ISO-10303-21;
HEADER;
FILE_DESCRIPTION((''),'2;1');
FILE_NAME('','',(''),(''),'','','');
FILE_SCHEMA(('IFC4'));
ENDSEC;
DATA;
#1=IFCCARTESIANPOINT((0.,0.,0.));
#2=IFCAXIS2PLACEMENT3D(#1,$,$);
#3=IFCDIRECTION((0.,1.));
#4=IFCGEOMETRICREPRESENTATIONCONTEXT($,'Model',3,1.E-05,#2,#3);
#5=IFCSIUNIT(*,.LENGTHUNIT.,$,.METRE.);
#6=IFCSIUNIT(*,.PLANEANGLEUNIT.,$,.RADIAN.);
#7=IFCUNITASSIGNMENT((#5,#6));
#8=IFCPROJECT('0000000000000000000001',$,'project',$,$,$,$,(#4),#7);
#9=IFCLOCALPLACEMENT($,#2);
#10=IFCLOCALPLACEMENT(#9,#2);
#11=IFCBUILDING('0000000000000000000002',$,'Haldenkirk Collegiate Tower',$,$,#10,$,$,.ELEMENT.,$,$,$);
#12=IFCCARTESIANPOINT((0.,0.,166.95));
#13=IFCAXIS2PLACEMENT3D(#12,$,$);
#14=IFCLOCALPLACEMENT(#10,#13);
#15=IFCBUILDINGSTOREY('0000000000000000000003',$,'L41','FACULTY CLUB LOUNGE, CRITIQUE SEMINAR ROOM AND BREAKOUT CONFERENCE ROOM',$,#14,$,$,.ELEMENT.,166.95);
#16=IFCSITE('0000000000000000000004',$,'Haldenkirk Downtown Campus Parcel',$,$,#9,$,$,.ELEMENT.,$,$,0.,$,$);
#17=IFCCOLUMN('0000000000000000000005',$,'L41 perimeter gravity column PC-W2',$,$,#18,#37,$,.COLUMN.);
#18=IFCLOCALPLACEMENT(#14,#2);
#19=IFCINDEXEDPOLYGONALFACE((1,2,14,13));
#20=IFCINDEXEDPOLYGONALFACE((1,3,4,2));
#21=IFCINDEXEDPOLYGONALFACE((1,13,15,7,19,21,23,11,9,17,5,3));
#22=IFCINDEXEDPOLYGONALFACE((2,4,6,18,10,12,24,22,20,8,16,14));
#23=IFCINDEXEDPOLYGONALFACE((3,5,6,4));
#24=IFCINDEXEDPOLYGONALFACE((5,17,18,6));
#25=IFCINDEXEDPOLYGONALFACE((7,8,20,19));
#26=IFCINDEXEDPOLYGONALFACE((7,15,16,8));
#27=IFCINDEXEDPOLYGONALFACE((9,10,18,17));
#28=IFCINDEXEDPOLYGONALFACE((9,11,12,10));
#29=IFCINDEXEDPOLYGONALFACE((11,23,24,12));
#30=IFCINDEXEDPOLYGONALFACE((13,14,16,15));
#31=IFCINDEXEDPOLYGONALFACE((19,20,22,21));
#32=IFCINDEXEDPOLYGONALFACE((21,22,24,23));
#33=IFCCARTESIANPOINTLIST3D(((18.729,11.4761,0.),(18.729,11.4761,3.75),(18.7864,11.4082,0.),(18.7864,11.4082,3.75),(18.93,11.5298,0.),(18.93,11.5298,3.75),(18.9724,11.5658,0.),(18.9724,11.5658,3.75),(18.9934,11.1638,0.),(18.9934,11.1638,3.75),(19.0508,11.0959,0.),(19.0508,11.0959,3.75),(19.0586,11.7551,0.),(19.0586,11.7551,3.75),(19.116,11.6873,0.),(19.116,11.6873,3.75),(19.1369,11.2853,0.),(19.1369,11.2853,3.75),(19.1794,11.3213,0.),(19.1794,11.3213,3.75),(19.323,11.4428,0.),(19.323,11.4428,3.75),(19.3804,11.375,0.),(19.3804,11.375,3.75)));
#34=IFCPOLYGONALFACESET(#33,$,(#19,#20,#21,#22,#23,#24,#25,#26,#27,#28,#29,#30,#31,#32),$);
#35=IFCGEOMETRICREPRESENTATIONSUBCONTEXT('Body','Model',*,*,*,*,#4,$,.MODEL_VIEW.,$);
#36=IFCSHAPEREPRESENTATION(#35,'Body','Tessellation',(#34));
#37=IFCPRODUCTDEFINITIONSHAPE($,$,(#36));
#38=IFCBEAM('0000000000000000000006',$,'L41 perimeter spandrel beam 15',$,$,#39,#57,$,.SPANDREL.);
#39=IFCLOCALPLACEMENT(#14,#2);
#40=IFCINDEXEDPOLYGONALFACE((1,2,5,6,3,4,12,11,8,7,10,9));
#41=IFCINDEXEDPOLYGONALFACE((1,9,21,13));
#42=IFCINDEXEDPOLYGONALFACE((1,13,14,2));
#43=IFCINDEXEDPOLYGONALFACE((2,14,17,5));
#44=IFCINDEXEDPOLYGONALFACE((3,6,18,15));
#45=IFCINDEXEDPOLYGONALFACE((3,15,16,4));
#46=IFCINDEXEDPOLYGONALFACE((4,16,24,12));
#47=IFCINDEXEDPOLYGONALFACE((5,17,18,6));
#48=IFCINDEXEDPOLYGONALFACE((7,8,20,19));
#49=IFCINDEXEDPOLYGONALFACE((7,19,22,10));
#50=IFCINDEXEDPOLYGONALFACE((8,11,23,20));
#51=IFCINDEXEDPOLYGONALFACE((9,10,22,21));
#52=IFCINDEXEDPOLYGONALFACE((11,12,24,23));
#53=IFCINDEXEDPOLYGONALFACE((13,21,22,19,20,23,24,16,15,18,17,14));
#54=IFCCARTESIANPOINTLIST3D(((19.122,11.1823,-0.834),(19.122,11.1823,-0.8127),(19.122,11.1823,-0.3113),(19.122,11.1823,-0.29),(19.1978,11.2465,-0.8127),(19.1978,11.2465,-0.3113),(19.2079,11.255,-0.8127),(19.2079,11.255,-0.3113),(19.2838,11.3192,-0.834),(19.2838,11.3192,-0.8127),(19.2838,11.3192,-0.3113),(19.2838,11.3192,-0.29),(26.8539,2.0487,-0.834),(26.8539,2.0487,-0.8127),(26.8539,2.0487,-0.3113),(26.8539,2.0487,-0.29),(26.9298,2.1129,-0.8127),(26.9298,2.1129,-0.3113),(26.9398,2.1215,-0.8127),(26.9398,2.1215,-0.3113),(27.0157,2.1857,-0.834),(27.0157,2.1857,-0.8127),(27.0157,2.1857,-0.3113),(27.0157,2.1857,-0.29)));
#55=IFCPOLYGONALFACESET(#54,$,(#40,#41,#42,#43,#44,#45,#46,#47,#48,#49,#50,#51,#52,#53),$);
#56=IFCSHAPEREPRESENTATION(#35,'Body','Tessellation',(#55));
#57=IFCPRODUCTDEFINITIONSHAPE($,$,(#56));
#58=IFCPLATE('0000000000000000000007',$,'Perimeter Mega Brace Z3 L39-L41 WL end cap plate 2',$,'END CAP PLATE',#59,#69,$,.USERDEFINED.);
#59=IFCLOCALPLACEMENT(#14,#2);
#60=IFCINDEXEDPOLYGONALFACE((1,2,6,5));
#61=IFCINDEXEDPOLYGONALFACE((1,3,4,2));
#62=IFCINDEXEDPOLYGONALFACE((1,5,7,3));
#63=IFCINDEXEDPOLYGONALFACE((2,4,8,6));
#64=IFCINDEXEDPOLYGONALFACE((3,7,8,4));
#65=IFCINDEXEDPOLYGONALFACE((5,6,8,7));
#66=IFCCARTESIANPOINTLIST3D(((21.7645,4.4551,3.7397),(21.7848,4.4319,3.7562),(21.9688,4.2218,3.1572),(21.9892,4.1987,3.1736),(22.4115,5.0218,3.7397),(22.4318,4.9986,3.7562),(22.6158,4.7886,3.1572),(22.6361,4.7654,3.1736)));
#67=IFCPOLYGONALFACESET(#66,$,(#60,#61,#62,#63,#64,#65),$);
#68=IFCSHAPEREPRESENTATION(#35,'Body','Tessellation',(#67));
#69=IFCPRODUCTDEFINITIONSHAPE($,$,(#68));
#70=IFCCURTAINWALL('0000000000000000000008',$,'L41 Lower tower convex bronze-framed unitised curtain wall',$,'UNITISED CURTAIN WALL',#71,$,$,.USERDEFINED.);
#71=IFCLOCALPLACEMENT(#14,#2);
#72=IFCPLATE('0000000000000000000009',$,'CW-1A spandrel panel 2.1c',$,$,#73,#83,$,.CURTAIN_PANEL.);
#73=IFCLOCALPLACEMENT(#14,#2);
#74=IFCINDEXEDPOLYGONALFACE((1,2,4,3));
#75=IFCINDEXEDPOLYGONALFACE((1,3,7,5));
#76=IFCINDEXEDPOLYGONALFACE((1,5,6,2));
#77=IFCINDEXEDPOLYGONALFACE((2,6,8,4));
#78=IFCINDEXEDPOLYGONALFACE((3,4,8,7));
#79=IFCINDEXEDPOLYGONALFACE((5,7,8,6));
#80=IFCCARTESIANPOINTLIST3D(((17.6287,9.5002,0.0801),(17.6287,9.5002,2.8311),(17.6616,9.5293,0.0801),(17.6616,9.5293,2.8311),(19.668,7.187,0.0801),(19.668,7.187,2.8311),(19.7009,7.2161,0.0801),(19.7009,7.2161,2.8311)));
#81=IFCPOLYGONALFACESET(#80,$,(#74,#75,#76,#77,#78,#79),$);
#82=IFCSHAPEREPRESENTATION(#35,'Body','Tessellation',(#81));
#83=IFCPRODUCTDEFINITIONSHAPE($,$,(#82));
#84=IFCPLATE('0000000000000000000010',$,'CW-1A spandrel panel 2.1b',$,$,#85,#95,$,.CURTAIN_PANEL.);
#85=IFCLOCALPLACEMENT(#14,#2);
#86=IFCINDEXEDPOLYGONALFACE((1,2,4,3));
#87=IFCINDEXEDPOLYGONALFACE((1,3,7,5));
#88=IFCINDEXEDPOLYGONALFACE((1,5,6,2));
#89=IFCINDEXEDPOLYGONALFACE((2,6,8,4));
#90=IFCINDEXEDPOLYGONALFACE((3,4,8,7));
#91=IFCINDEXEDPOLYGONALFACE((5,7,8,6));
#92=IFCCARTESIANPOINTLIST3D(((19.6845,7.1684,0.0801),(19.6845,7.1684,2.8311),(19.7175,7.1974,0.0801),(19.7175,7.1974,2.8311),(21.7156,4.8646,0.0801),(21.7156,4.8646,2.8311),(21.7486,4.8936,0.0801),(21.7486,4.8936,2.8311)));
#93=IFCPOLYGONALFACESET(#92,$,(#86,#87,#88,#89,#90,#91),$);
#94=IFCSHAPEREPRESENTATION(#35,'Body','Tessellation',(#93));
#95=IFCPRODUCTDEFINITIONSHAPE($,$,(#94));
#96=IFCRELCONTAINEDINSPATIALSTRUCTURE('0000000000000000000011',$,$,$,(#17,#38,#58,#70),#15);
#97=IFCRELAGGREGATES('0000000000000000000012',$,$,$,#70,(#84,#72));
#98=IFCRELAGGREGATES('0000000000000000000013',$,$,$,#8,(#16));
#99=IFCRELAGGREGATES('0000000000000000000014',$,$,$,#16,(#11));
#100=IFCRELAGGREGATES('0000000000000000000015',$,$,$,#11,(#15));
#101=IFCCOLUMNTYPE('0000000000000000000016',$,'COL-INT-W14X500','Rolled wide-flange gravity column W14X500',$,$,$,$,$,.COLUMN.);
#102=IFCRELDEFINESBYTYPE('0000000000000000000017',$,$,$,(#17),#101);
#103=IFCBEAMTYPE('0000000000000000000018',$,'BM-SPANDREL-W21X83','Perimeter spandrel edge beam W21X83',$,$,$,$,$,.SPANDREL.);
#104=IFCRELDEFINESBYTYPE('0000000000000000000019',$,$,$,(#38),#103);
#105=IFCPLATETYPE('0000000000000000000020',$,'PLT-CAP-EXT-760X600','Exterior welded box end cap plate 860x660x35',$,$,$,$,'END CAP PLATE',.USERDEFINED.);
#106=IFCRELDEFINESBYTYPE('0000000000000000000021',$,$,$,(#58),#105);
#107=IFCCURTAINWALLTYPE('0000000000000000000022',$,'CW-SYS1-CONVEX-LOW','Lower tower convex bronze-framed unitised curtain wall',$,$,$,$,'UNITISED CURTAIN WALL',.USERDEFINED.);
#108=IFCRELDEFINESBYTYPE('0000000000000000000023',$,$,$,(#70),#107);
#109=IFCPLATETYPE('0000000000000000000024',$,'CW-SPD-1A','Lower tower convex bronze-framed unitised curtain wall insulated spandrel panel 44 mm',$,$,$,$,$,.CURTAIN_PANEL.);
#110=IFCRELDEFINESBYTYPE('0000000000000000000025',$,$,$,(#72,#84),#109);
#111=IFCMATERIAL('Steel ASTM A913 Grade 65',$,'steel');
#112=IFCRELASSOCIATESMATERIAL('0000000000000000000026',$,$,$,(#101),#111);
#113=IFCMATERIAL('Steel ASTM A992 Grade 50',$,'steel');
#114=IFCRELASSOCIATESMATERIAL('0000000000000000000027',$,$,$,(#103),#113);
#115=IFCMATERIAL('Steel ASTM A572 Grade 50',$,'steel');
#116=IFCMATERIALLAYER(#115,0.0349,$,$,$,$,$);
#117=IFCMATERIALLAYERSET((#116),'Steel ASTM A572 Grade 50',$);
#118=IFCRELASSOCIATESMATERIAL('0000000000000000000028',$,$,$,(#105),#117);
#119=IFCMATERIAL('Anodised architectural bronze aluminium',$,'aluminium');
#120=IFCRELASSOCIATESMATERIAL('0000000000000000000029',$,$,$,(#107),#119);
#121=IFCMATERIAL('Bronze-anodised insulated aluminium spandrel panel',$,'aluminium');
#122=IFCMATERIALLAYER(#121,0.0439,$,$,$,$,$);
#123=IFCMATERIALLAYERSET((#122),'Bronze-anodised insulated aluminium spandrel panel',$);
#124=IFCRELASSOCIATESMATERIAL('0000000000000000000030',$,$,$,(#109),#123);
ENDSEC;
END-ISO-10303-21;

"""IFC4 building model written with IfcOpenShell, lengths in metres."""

from ifc_helpers import new_model, si_unit, direction, frame, origin, origin_2d, place, context, subcontext, project, spatial, rectangle, i_section, extrude, source, transform, mapped, material, layer, layer_set, material_profile, profile_set, type_object, element, aggregate, save


model = new_model("IFC4")

# Units and contexts
model_context = context("Model", 3, precision=1e-05, world=origin(), true_north=direction((0.0, 1.0)))
body_context = subcontext(model_context, "Body", "Model", "MODEL_VIEW")
ifc_project = project(units=[si_unit("LENGTHUNIT", "METRE"), si_unit("PLANEANGLEUNIT", "RADIAN")], contexts=[model_context])

# Site, building, storey
site_placement = place(None, origin())
site = spatial("IfcSite", under=ifc_project, at=site_placement, Name="Haldenkirk Downtown Campus Parcel", CompositionType="ELEMENT", RefElevation=0.0)
building_placement = place(site_placement, origin())
building = spatial("IfcBuilding", under=site, at=building_placement, Name="Haldenkirk Collegiate Tower", CompositionType="ELEMENT")
storey_placement = place(building_placement, frame((0.0, 0.0, 166.95)))
storey = spatial("IfcBuildingStorey", under=building, at=storey_placement, Name="L41", Description="FACULTY CLUB LOUNGE, CRITIQUE SEMINAR ROOM AND BREAKOUT CONFERENCE ROOM", CompositionType="ELEMENT", Elevation=166.95)

# Column
ifc_material_1 = material(Name="Steel ASTM A913 Grade 65", Category="steel")
ifc_material_profile_1 = material_profile(ifc_material_1, i_section(OverallWidth=0.4319, OverallDepth=0.498, WebThickness=0.0557, FlangeThickness=0.0889, at=origin_2d()), Name="W14X500")
ifc_profile_set_1 = profile_set([ifc_material_profile_1], Name="Steel ASTM A913 Grade 65")
column_type = type_object("IfcColumnType", Name="COL-INT-W14X500", Description="Rolled wide-flange gravity column W14X500", PredefinedType="COLUMN", material=ifc_profile_set_1)
column_placement = place(storey_placement, frame((19.0547, 11.4255, 0.0), z_axis=(0.0, 0.0, 1.0), x_axis=(0.763232, 0.646124, 0.0)))
element("IfcColumn", 1, at=column_placement, inside=storey, type_object=column_type, Name="L41 perimeter gravity column PC-W2", PredefinedType="COLUMN", context=body_context, shape_type="SweptSolid", body=[
    extrude(i_section(OverallWidth=0.4319, OverallDepth=0.498, WebThickness=0.0557, FlangeThickness=0.0889, at=origin_2d()), origin(), (0.0, 0.0, 1.0), 3.75),
])

# Beam
ifc_material_2 = material(Name="Steel ASTM A992 Grade 50", Category="steel")
ifc_material_profile_2 = material_profile(ifc_material_2, i_section(OverallWidth=0.2119, OverallDepth=0.5439, WebThickness=0.0132, FlangeThickness=0.0212, at=origin_2d()), Name="W21X83")
ifc_profile_set_2 = profile_set([ifc_material_profile_2], Name="Steel ASTM A992 Grade 50")
beam_type = type_object("IfcBeamType", Name="BM-SPANDREL-W21X83", Description="Perimeter spandrel edge beam W21X83", PredefinedType="SPANDREL", material=ifc_profile_set_2)
beam_placement = place(storey_placement, frame((19.2029, 11.2507, -0.562), z_axis=(0.646115, -0.76324, 0.0), x_axis=(0.76324, 0.646115, 0.0)))
element("IfcBeam", 2, at=beam_placement, inside=storey, type_object=beam_type, Name="L41 perimeter spandrel beam 15", PredefinedType="SPANDREL", context=body_context, shape_type="SweptSolid", body=[
    extrude(i_section(OverallWidth=0.2119, OverallDepth=0.5439, WebThickness=0.0132, FlangeThickness=0.0212, at=origin_2d()), origin(), (0.0, 0.0, 1.0), 11.9668),
])

# Plate
ifc_material_3 = material(Name="Steel ASTM A572 Grade 50", Category="steel")
ifc_layer_1 = layer(ifc_material_3, 0.0349)
ifc_layer_set_1 = layer_set([ifc_layer_1], Name="Steel ASTM A572 Grade 50")
plate_type_1 = type_object("IfcPlateType", Name="PLT-CAP-EXT-760X600", Description="Exterior welded box end cap plate 860x660x35", ElementType="END CAP PLATE", PredefinedType="USERDEFINED", material=ifc_layer_set_1)
shared_shape_1 = source(origin(), body_context, "Body", "SweptSolid", [
    extrude(rectangle(XDim=0.8601, YDim=0.6599, at=origin_2d()), origin(), (0.0, 0.0, 1.0), 0.0349),
])
plate_1_placement = place(storey_placement, frame((22.1902, 4.6218, 3.4485), z_axis=(0.581637, -0.664011, 0.469881), x_axis=(0.752224, 0.658907, 0.0)))
element("IfcPlate", 3, at=plate_1_placement, inside=storey, type_object=plate_type_1, Name="Perimeter Mega Brace Z3 L39-L41 WL end cap plate 2", ObjectType="END CAP PLATE", PredefinedType="USERDEFINED", context=body_context, shape_type="MappedRepresentation", body=[
    mapped(shared_shape_1, transform((0.0, 0.0, 0.0), x_axis=(1.0, 0.0, 0.0), y_axis=(0.0, 1.0, 0.0), z_axis=(0.0, 0.0, 1.0), scale=1.0)),
])

# Curtain wall, plates
ifc_material_4 = material(Name="Anodised architectural bronze aluminium", Category="aluminium")
curtain_wall_type = type_object("IfcCurtainWallType", Name="CW-SYS1-CONVEX-LOW", Description="Lower tower convex bronze-framed unitised curtain wall", ElementType="UNITISED CURTAIN WALL", PredefinedType="USERDEFINED", material=ifc_material_4)
curtain_wall_placement = place(storey_placement, origin())
curtain_wall = element("IfcCurtainWall", 4, at=curtain_wall_placement, inside=storey, type_object=curtain_wall_type, Name="L41 Lower tower convex bronze-framed unitised curtain wall", ObjectType="UNITISED CURTAIN WALL", PredefinedType="USERDEFINED")
ifc_material_5 = material(Name="Bronze-anodised insulated aluminium spandrel panel", Category="aluminium")
ifc_layer_2 = layer(ifc_material_5, 0.0439)
ifc_layer_set_2 = layer_set([ifc_layer_2], Name="Bronze-anodised insulated aluminium spandrel panel")
plate_type_2 = type_object("IfcPlateType", Name="CW-SPD-1A", Description="Lower tower convex bronze-framed unitised curtain wall insulated spandrel panel 44 mm", PredefinedType="CURTAIN_PANEL", material=ifc_layer_set_2)
shared_shape_2 = source(origin(), body_context, "Body", "SweptSolid", [
    extrude(rectangle(XDim=3.0837, YDim=0.0439, at=origin_2d()), origin(), (0.0, 0.0, 1.0), 2.751),
])
plate_2_placement = place(storey_placement, frame((18.6648, 8.3582, 0.0801), z_axis=(0.0, 0.0, 1.0), x_axis=(-0.66131, 0.750113, 0.0)))
plate_2 = element("IfcPlate", 5, at=plate_2_placement, type_object=plate_type_2, Name="CW-1A spandrel panel 2.1c", PredefinedType="CURTAIN_PANEL", context=body_context, shape_type="MappedRepresentation", body=[
    mapped(shared_shape_2, transform((0.0, 0.0, 0.0), x_axis=(1.0, 0.0, 0.0), y_axis=(0.0, 1.0, 0.0), z_axis=(0.0, 0.0, 1.0), scale=1.0)),
])
shared_shape_3 = source(origin(), body_context, "Body", "SweptSolid", [
    extrude(rectangle(XDim=3.0713, YDim=0.0439, at=origin_2d()), origin(), (0.0, 0.0, 1.0), 2.751),
])
plate_3_placement = place(storey_placement, frame((20.7166, 6.031, 0.0801), z_axis=(0.0, 0.0, 1.0), x_axis=(-0.66131, 0.750113, 0.0)))
plate_3 = element("IfcPlate", 6, at=plate_3_placement, type_object=plate_type_2, Name="CW-1A spandrel panel 2.1b", PredefinedType="CURTAIN_PANEL", context=body_context, shape_type="MappedRepresentation", body=[
    mapped(shared_shape_3, transform((0.0, 0.0, 0.0), x_axis=(1.0, 0.0, 0.0), y_axis=(0.0, 1.0, 0.0), z_axis=(0.0, 0.0, 1.0), scale=1.0)),
])
aggregate(curtain_wall, [plate_3, plate_2])

save(model, "model.ifc")
